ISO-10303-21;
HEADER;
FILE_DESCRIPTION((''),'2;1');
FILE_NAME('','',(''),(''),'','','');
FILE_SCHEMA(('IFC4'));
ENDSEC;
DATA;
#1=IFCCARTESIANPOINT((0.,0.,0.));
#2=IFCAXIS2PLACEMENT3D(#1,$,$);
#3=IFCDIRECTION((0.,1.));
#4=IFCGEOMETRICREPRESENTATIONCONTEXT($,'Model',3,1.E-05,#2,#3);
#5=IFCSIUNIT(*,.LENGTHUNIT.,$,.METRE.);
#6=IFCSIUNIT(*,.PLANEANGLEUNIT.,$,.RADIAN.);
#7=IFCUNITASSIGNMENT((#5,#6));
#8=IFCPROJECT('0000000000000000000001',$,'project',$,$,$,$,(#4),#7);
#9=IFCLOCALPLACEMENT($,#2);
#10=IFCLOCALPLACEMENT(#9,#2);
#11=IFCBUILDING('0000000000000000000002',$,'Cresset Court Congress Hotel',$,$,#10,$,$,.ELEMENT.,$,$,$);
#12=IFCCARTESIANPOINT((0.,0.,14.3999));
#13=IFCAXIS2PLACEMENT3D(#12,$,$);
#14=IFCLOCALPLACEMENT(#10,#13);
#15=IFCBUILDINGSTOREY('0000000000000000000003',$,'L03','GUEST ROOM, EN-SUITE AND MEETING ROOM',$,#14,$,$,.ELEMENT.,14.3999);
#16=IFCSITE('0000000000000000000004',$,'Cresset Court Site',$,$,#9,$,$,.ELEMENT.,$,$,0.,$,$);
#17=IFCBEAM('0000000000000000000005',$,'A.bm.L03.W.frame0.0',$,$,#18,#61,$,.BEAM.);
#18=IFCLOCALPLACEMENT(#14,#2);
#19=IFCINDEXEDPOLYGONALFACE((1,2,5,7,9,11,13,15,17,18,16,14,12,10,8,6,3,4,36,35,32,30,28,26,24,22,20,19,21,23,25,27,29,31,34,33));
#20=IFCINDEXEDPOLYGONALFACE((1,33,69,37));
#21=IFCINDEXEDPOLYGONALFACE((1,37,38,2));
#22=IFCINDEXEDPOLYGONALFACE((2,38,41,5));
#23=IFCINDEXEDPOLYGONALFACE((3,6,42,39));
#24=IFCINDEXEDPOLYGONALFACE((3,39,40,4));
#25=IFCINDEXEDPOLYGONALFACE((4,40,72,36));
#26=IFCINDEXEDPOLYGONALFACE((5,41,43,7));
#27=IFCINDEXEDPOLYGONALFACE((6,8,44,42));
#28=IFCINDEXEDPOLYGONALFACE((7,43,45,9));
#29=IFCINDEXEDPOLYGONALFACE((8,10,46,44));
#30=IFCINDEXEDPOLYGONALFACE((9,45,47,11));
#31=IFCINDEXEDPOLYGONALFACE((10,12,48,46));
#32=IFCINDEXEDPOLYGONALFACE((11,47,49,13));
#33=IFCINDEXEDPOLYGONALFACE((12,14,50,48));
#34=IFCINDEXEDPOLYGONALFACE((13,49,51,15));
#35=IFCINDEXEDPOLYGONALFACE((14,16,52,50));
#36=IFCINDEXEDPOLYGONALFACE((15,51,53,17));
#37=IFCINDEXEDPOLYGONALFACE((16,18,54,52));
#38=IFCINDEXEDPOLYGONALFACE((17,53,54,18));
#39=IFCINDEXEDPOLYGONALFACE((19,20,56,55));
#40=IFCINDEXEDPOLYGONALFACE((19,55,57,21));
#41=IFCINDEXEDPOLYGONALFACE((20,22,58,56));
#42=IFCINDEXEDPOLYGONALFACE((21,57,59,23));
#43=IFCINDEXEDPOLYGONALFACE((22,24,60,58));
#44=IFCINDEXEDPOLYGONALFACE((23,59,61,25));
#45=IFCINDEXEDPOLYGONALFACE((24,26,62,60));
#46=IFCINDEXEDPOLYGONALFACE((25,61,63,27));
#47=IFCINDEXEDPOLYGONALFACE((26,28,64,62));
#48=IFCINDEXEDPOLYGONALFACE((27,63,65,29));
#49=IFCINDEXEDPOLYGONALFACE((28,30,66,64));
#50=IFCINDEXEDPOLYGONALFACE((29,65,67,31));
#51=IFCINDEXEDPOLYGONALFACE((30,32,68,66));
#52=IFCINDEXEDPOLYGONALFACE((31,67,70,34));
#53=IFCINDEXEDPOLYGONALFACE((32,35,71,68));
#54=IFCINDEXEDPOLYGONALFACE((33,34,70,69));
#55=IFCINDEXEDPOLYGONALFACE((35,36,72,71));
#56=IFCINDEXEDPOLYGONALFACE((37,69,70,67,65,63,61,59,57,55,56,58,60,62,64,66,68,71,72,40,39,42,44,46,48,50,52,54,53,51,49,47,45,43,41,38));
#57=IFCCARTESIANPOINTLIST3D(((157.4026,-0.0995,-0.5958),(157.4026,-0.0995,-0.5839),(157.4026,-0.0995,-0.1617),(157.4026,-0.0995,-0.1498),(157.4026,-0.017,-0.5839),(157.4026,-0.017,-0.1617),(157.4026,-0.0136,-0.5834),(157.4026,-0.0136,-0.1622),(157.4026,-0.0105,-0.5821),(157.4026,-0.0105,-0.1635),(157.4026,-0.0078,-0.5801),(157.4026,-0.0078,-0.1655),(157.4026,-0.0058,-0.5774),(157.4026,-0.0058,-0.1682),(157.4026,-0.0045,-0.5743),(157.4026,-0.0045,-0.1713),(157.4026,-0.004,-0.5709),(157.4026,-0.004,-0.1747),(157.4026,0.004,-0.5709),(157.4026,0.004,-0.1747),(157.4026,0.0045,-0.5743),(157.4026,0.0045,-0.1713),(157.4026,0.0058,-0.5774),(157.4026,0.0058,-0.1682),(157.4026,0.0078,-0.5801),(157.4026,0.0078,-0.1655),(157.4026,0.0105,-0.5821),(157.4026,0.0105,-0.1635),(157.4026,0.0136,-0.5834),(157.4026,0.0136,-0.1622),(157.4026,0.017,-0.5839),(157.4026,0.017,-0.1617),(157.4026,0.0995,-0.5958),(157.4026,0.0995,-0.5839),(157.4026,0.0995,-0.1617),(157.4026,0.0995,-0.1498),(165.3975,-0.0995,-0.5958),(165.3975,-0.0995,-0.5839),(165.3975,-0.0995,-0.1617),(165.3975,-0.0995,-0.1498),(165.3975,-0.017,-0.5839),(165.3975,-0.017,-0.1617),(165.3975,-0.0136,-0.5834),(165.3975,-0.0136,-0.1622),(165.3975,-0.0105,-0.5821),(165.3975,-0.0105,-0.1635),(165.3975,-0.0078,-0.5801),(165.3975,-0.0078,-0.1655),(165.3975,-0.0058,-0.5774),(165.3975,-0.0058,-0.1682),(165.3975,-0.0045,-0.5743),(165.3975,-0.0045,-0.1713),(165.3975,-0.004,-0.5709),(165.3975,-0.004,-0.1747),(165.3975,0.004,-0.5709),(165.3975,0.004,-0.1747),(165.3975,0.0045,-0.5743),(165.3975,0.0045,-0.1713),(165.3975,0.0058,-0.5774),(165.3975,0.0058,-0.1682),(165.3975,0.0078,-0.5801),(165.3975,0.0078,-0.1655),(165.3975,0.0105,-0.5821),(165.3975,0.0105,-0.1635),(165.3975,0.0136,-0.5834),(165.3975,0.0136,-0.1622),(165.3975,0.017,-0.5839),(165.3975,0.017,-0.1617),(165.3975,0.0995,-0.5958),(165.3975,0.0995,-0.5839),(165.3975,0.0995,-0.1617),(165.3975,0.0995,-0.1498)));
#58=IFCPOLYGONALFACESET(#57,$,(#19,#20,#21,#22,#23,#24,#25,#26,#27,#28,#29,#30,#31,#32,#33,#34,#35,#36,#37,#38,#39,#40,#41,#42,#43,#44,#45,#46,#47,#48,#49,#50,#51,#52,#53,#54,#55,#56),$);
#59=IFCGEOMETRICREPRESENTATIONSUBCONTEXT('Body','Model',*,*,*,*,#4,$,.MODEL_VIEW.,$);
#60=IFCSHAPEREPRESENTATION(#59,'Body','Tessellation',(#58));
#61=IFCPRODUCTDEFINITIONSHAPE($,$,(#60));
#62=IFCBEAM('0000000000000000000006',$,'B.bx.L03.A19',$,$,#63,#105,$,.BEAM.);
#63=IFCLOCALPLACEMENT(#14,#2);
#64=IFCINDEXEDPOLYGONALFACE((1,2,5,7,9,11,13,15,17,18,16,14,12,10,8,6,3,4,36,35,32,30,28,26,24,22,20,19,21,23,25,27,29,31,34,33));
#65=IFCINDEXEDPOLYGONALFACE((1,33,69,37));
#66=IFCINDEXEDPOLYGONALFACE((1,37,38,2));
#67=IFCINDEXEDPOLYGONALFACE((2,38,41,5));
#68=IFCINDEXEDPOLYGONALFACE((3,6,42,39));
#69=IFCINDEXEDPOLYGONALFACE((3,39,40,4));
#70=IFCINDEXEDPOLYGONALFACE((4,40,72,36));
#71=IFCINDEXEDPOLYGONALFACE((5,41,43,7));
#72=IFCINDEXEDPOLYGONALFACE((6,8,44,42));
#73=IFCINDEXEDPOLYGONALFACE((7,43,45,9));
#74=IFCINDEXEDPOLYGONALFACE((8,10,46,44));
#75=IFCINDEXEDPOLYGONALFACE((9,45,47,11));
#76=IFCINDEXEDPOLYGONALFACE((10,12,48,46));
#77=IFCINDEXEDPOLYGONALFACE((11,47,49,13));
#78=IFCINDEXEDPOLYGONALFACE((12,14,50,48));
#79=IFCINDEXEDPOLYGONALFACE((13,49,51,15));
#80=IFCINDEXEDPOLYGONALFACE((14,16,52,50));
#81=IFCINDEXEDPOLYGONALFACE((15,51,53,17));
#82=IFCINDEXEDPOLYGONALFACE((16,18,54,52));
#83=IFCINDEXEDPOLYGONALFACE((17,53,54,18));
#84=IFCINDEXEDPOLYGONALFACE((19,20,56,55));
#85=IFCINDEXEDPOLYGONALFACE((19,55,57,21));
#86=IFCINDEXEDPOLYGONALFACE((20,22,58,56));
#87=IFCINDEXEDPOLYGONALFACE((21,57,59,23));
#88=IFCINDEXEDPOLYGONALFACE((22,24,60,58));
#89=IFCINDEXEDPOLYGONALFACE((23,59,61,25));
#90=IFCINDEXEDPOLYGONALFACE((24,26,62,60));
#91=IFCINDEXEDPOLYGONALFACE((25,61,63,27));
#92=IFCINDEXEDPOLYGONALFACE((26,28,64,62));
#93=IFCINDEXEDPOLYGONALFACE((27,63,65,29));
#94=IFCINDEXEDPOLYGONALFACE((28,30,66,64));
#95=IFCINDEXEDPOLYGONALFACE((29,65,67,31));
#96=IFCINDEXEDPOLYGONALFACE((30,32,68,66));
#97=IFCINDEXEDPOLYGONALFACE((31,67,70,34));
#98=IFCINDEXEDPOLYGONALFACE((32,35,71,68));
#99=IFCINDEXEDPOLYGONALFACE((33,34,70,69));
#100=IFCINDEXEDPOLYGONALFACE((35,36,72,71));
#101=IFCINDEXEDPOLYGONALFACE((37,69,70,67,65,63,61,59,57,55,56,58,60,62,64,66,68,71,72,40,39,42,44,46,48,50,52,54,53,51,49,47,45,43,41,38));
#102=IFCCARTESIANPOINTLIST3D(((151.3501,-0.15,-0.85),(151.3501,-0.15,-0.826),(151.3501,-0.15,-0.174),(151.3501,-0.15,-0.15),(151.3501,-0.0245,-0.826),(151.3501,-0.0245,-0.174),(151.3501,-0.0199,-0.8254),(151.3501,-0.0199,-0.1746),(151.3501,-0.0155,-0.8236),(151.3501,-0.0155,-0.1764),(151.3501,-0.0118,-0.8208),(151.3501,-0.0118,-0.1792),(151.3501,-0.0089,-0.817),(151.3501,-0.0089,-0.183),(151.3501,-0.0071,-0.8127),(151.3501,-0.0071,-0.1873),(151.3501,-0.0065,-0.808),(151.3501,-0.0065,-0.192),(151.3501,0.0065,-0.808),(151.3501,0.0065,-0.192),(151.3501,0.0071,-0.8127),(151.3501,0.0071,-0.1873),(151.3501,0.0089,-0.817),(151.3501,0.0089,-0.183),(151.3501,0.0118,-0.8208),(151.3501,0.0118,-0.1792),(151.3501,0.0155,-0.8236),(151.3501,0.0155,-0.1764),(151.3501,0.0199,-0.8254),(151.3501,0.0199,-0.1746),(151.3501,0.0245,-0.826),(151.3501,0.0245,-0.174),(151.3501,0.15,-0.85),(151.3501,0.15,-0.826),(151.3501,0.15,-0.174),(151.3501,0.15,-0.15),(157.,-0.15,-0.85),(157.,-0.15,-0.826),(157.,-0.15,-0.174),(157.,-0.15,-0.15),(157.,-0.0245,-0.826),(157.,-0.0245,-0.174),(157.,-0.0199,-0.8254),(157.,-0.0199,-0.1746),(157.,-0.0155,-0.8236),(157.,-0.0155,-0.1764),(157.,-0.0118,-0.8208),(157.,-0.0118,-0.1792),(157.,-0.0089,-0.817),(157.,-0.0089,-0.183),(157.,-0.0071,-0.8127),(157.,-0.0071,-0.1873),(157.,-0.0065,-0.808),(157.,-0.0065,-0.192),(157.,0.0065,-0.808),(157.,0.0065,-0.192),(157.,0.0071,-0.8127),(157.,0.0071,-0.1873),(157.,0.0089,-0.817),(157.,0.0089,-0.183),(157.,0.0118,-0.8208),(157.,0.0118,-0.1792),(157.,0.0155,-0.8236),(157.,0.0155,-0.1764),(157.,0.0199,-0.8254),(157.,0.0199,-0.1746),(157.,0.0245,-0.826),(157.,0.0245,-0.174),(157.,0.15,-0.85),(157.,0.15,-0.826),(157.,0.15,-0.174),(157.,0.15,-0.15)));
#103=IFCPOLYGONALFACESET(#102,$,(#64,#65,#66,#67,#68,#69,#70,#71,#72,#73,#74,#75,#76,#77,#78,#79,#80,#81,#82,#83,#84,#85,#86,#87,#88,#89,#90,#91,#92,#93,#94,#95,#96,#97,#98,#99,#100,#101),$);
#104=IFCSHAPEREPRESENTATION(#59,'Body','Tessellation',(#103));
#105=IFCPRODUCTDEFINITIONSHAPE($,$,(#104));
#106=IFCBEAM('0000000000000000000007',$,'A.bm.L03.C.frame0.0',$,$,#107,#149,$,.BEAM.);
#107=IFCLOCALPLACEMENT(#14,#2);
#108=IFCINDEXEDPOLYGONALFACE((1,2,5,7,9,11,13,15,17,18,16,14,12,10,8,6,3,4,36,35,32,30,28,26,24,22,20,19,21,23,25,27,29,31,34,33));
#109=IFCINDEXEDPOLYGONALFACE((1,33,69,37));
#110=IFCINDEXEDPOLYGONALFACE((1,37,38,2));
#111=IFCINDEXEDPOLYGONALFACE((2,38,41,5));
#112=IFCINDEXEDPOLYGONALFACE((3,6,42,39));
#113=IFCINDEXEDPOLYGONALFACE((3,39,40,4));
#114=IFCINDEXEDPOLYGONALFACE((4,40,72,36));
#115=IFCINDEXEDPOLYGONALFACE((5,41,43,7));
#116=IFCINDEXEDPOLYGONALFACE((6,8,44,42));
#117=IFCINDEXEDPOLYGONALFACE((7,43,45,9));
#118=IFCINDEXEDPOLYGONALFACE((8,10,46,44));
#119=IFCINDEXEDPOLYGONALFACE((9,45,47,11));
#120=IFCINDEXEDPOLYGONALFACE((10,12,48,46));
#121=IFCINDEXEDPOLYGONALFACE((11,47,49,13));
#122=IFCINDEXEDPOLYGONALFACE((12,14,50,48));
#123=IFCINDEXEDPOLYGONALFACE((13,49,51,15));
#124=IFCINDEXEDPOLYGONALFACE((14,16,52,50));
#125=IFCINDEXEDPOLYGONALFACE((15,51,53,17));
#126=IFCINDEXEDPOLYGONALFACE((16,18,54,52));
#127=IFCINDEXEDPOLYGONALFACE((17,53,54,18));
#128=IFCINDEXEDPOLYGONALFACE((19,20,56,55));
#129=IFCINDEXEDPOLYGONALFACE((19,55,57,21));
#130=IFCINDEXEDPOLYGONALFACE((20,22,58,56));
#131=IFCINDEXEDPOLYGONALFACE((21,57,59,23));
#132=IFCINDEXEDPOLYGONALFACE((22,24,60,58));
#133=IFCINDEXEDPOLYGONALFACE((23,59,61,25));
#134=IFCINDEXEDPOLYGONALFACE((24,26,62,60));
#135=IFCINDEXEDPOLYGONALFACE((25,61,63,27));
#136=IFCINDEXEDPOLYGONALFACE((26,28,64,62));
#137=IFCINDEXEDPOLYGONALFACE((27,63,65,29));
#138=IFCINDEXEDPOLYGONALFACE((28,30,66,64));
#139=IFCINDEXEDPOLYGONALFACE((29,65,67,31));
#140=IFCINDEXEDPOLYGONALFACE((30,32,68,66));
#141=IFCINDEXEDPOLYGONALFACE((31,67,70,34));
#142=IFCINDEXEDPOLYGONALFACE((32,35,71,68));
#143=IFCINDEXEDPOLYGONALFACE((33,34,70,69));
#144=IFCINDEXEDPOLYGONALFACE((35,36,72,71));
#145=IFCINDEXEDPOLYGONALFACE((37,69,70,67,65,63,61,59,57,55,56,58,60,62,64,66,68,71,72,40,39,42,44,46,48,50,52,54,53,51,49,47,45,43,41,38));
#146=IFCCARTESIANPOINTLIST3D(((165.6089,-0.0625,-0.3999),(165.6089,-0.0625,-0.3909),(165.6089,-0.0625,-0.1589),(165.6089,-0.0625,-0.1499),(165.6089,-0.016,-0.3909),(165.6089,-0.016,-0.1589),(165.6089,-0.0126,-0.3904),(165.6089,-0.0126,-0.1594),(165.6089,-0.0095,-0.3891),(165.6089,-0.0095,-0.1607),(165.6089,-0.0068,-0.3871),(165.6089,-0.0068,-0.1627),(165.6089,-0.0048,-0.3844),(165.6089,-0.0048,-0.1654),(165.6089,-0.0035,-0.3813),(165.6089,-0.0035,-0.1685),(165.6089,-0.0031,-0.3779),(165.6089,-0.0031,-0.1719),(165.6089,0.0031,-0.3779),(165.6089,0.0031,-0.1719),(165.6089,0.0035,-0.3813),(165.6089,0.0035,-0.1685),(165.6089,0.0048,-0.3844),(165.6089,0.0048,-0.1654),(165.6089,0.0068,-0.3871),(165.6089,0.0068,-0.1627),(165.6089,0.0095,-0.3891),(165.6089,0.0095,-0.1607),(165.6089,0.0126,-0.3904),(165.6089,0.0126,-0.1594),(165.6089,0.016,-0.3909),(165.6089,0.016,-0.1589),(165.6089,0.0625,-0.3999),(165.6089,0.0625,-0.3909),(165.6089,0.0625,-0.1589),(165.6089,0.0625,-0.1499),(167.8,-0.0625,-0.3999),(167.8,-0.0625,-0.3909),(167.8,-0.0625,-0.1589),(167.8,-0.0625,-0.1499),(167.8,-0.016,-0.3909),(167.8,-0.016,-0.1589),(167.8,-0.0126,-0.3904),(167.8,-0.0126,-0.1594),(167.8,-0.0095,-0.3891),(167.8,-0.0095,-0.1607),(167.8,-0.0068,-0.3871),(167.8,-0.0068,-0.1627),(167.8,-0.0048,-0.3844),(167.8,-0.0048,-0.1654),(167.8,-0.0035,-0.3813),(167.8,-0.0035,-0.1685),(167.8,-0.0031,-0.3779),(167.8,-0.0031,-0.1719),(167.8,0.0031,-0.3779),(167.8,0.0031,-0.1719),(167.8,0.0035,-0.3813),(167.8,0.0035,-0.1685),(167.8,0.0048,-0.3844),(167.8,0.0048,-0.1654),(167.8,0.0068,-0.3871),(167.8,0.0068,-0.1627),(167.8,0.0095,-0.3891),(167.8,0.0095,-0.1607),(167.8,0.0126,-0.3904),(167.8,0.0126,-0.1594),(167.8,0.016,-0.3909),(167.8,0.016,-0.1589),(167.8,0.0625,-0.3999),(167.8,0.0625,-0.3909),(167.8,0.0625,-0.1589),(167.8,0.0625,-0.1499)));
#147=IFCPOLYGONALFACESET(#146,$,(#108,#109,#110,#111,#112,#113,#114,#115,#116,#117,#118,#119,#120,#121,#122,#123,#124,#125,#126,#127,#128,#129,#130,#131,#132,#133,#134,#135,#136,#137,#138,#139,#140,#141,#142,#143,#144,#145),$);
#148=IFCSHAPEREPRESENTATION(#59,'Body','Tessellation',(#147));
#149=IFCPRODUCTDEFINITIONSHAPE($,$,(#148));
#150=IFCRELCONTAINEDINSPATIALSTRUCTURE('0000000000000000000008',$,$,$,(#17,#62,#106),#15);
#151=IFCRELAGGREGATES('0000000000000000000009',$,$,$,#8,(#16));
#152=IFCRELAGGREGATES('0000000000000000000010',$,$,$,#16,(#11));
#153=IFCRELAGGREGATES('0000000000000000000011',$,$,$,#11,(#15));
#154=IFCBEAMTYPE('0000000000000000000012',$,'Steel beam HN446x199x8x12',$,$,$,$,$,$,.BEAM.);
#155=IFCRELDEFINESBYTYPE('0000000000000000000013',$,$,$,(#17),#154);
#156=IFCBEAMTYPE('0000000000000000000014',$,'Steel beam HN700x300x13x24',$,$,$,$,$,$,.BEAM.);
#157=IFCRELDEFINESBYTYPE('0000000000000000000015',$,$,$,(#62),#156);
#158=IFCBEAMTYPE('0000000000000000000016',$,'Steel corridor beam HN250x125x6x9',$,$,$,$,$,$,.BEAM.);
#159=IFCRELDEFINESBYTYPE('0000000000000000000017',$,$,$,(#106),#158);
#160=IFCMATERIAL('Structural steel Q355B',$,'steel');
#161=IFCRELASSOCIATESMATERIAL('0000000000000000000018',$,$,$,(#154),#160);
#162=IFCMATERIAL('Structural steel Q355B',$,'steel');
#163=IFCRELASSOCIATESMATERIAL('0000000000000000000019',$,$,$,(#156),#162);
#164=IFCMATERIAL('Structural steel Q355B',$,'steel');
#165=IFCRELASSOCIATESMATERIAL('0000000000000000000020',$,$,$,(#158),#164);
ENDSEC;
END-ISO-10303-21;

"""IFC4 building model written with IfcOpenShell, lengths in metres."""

from ifc_helpers import new_model, si_unit, direction, frame, origin, origin_2d, place, context, subcontext, project, spatial, i_section, extrude, material, material_profile, profile_set, type_object, element, save


model = new_model("IFC4")

# Units and contexts
model_context = context("Model", 3, precision=1e-05, world=origin(), true_north=direction((0.0, 1.0)))
body_context = subcontext(model_context, "Body", "Model", "MODEL_VIEW")
ifc_project = project(units=[si_unit("LENGTHUNIT", "METRE"), si_unit("PLANEANGLEUNIT", "RADIAN")], contexts=[model_context])

# Site, building, storey
site_placement = place(None, origin())
site = spatial("IfcSite", under=ifc_project, at=site_placement, Name="Cresset Court Site", CompositionType="ELEMENT", RefElevation=0.0)
building_placement = place(site_placement, origin())
building = spatial("IfcBuilding", under=site, at=building_placement, Name="Cresset Court Congress Hotel", CompositionType="ELEMENT")
storey_placement = place(building_placement, frame((0.0, 0.0, 14.3999)))
storey = spatial("IfcBuildingStorey", under=building, at=storey_placement, Name="L03", Description="GUEST ROOM, EN-SUITE AND MEETING ROOM", CompositionType="ELEMENT", Elevation=14.3999)

# Beams
ifc_material_1 = material(Name="Structural steel Q355B", Category="steel")
ifc_material_profile_1 = material_profile(ifc_material_1, i_section(OverallWidth=0.199, OverallDepth=0.446, WebThickness=0.0081, FlangeThickness=0.012, FilletRadius=0.0129, at=origin_2d()), Name="HN446x199x8x12")
ifc_profile_set_1 = profile_set([ifc_material_profile_1], Name="Structural steel Q355B")
beam_type_1 = type_object("IfcBeamType", Name="Steel beam HN446x199x8x12", PredefinedType="BEAM", material=ifc_profile_set_1)
beam_1_placement = place(storey_placement, frame((157.4026, 0.0, -0.3728), z_axis=(1.0, 0.0, 0.0), x_axis=(0.0, 1.0, 0.0)))
element("IfcBeam", 1, at=beam_1_placement, inside=storey, type_object=beam_type_1, Name="A.bm.L03.W.frame0.0", PredefinedType="BEAM", context=body_context, shape_type="SweptSolid", body=[
    extrude(i_section(OverallWidth=0.199, OverallDepth=0.446, WebThickness=0.0081, FlangeThickness=0.012, FilletRadius=0.0129, at=origin_2d()), origin(), (0.0, 0.0, 1.0), 7.9949),
])
ifc_material_2 = material(Name="Structural steel Q355B", Category="steel")
ifc_material_profile_2 = material_profile(ifc_material_2, i_section(OverallWidth=0.3, OverallDepth=0.7, WebThickness=0.0129, FlangeThickness=0.0239, FilletRadius=0.0181, at=origin_2d()), Name="HN700x300x13x24")
ifc_profile_set_2 = profile_set([ifc_material_profile_2], Name="Structural steel Q355B")
beam_type_2 = type_object("IfcBeamType", Name="Steel beam HN700x300x13x24", PredefinedType="BEAM", material=ifc_profile_set_2)
beam_2_placement = place(storey_placement, frame((151.3501, 0.0, -0.5), z_axis=(1.0, 0.0, 0.0), x_axis=(0.0, 1.0, 0.0)))
element("IfcBeam", 2, at=beam_2_placement, inside=storey, type_object=beam_type_2, Name="B.bx.L03.A19", PredefinedType="BEAM", context=body_context, shape_type="SweptSolid", body=[
    extrude(i_section(OverallWidth=0.3, OverallDepth=0.7, WebThickness=0.0129, FlangeThickness=0.0239, FilletRadius=0.0181, at=origin_2d()), origin(), (0.0, 0.0, 1.0), 5.6499),
])
ifc_material_3 = material(Name="Structural steel Q355B", Category="steel")
ifc_material_profile_3 = material_profile(ifc_material_3, i_section(OverallWidth=0.125, OverallDepth=0.25, WebThickness=0.0061, FlangeThickness=0.009, FilletRadius=0.0129, at=origin_2d()), Name="HN250x125x6x9")
ifc_profile_set_3 = profile_set([ifc_material_profile_3], Name="Structural steel Q355B")
beam_type_3 = type_object("IfcBeamType", Name="Steel corridor beam HN250x125x6x9", PredefinedType="BEAM", material=ifc_profile_set_3)
beam_3_placement = place(storey_placement, frame((165.6089, 0.0, -0.2749), z_axis=(1.0, 0.0, 0.0), x_axis=(0.0, 1.0, 0.0)))
element("IfcBeam", 3, at=beam_3_placement, inside=storey, type_object=beam_type_3, Name="A.bm.L03.C.frame0.0", PredefinedType="BEAM", context=body_context, shape_type="SweptSolid", body=[
    extrude(i_section(OverallWidth=0.125, OverallDepth=0.25, WebThickness=0.0061, FlangeThickness=0.009, FilletRadius=0.0129, at=origin_2d()), origin(), (0.0, 0.0, 1.0), 2.1912),
])

save(model, "model.ifc")
